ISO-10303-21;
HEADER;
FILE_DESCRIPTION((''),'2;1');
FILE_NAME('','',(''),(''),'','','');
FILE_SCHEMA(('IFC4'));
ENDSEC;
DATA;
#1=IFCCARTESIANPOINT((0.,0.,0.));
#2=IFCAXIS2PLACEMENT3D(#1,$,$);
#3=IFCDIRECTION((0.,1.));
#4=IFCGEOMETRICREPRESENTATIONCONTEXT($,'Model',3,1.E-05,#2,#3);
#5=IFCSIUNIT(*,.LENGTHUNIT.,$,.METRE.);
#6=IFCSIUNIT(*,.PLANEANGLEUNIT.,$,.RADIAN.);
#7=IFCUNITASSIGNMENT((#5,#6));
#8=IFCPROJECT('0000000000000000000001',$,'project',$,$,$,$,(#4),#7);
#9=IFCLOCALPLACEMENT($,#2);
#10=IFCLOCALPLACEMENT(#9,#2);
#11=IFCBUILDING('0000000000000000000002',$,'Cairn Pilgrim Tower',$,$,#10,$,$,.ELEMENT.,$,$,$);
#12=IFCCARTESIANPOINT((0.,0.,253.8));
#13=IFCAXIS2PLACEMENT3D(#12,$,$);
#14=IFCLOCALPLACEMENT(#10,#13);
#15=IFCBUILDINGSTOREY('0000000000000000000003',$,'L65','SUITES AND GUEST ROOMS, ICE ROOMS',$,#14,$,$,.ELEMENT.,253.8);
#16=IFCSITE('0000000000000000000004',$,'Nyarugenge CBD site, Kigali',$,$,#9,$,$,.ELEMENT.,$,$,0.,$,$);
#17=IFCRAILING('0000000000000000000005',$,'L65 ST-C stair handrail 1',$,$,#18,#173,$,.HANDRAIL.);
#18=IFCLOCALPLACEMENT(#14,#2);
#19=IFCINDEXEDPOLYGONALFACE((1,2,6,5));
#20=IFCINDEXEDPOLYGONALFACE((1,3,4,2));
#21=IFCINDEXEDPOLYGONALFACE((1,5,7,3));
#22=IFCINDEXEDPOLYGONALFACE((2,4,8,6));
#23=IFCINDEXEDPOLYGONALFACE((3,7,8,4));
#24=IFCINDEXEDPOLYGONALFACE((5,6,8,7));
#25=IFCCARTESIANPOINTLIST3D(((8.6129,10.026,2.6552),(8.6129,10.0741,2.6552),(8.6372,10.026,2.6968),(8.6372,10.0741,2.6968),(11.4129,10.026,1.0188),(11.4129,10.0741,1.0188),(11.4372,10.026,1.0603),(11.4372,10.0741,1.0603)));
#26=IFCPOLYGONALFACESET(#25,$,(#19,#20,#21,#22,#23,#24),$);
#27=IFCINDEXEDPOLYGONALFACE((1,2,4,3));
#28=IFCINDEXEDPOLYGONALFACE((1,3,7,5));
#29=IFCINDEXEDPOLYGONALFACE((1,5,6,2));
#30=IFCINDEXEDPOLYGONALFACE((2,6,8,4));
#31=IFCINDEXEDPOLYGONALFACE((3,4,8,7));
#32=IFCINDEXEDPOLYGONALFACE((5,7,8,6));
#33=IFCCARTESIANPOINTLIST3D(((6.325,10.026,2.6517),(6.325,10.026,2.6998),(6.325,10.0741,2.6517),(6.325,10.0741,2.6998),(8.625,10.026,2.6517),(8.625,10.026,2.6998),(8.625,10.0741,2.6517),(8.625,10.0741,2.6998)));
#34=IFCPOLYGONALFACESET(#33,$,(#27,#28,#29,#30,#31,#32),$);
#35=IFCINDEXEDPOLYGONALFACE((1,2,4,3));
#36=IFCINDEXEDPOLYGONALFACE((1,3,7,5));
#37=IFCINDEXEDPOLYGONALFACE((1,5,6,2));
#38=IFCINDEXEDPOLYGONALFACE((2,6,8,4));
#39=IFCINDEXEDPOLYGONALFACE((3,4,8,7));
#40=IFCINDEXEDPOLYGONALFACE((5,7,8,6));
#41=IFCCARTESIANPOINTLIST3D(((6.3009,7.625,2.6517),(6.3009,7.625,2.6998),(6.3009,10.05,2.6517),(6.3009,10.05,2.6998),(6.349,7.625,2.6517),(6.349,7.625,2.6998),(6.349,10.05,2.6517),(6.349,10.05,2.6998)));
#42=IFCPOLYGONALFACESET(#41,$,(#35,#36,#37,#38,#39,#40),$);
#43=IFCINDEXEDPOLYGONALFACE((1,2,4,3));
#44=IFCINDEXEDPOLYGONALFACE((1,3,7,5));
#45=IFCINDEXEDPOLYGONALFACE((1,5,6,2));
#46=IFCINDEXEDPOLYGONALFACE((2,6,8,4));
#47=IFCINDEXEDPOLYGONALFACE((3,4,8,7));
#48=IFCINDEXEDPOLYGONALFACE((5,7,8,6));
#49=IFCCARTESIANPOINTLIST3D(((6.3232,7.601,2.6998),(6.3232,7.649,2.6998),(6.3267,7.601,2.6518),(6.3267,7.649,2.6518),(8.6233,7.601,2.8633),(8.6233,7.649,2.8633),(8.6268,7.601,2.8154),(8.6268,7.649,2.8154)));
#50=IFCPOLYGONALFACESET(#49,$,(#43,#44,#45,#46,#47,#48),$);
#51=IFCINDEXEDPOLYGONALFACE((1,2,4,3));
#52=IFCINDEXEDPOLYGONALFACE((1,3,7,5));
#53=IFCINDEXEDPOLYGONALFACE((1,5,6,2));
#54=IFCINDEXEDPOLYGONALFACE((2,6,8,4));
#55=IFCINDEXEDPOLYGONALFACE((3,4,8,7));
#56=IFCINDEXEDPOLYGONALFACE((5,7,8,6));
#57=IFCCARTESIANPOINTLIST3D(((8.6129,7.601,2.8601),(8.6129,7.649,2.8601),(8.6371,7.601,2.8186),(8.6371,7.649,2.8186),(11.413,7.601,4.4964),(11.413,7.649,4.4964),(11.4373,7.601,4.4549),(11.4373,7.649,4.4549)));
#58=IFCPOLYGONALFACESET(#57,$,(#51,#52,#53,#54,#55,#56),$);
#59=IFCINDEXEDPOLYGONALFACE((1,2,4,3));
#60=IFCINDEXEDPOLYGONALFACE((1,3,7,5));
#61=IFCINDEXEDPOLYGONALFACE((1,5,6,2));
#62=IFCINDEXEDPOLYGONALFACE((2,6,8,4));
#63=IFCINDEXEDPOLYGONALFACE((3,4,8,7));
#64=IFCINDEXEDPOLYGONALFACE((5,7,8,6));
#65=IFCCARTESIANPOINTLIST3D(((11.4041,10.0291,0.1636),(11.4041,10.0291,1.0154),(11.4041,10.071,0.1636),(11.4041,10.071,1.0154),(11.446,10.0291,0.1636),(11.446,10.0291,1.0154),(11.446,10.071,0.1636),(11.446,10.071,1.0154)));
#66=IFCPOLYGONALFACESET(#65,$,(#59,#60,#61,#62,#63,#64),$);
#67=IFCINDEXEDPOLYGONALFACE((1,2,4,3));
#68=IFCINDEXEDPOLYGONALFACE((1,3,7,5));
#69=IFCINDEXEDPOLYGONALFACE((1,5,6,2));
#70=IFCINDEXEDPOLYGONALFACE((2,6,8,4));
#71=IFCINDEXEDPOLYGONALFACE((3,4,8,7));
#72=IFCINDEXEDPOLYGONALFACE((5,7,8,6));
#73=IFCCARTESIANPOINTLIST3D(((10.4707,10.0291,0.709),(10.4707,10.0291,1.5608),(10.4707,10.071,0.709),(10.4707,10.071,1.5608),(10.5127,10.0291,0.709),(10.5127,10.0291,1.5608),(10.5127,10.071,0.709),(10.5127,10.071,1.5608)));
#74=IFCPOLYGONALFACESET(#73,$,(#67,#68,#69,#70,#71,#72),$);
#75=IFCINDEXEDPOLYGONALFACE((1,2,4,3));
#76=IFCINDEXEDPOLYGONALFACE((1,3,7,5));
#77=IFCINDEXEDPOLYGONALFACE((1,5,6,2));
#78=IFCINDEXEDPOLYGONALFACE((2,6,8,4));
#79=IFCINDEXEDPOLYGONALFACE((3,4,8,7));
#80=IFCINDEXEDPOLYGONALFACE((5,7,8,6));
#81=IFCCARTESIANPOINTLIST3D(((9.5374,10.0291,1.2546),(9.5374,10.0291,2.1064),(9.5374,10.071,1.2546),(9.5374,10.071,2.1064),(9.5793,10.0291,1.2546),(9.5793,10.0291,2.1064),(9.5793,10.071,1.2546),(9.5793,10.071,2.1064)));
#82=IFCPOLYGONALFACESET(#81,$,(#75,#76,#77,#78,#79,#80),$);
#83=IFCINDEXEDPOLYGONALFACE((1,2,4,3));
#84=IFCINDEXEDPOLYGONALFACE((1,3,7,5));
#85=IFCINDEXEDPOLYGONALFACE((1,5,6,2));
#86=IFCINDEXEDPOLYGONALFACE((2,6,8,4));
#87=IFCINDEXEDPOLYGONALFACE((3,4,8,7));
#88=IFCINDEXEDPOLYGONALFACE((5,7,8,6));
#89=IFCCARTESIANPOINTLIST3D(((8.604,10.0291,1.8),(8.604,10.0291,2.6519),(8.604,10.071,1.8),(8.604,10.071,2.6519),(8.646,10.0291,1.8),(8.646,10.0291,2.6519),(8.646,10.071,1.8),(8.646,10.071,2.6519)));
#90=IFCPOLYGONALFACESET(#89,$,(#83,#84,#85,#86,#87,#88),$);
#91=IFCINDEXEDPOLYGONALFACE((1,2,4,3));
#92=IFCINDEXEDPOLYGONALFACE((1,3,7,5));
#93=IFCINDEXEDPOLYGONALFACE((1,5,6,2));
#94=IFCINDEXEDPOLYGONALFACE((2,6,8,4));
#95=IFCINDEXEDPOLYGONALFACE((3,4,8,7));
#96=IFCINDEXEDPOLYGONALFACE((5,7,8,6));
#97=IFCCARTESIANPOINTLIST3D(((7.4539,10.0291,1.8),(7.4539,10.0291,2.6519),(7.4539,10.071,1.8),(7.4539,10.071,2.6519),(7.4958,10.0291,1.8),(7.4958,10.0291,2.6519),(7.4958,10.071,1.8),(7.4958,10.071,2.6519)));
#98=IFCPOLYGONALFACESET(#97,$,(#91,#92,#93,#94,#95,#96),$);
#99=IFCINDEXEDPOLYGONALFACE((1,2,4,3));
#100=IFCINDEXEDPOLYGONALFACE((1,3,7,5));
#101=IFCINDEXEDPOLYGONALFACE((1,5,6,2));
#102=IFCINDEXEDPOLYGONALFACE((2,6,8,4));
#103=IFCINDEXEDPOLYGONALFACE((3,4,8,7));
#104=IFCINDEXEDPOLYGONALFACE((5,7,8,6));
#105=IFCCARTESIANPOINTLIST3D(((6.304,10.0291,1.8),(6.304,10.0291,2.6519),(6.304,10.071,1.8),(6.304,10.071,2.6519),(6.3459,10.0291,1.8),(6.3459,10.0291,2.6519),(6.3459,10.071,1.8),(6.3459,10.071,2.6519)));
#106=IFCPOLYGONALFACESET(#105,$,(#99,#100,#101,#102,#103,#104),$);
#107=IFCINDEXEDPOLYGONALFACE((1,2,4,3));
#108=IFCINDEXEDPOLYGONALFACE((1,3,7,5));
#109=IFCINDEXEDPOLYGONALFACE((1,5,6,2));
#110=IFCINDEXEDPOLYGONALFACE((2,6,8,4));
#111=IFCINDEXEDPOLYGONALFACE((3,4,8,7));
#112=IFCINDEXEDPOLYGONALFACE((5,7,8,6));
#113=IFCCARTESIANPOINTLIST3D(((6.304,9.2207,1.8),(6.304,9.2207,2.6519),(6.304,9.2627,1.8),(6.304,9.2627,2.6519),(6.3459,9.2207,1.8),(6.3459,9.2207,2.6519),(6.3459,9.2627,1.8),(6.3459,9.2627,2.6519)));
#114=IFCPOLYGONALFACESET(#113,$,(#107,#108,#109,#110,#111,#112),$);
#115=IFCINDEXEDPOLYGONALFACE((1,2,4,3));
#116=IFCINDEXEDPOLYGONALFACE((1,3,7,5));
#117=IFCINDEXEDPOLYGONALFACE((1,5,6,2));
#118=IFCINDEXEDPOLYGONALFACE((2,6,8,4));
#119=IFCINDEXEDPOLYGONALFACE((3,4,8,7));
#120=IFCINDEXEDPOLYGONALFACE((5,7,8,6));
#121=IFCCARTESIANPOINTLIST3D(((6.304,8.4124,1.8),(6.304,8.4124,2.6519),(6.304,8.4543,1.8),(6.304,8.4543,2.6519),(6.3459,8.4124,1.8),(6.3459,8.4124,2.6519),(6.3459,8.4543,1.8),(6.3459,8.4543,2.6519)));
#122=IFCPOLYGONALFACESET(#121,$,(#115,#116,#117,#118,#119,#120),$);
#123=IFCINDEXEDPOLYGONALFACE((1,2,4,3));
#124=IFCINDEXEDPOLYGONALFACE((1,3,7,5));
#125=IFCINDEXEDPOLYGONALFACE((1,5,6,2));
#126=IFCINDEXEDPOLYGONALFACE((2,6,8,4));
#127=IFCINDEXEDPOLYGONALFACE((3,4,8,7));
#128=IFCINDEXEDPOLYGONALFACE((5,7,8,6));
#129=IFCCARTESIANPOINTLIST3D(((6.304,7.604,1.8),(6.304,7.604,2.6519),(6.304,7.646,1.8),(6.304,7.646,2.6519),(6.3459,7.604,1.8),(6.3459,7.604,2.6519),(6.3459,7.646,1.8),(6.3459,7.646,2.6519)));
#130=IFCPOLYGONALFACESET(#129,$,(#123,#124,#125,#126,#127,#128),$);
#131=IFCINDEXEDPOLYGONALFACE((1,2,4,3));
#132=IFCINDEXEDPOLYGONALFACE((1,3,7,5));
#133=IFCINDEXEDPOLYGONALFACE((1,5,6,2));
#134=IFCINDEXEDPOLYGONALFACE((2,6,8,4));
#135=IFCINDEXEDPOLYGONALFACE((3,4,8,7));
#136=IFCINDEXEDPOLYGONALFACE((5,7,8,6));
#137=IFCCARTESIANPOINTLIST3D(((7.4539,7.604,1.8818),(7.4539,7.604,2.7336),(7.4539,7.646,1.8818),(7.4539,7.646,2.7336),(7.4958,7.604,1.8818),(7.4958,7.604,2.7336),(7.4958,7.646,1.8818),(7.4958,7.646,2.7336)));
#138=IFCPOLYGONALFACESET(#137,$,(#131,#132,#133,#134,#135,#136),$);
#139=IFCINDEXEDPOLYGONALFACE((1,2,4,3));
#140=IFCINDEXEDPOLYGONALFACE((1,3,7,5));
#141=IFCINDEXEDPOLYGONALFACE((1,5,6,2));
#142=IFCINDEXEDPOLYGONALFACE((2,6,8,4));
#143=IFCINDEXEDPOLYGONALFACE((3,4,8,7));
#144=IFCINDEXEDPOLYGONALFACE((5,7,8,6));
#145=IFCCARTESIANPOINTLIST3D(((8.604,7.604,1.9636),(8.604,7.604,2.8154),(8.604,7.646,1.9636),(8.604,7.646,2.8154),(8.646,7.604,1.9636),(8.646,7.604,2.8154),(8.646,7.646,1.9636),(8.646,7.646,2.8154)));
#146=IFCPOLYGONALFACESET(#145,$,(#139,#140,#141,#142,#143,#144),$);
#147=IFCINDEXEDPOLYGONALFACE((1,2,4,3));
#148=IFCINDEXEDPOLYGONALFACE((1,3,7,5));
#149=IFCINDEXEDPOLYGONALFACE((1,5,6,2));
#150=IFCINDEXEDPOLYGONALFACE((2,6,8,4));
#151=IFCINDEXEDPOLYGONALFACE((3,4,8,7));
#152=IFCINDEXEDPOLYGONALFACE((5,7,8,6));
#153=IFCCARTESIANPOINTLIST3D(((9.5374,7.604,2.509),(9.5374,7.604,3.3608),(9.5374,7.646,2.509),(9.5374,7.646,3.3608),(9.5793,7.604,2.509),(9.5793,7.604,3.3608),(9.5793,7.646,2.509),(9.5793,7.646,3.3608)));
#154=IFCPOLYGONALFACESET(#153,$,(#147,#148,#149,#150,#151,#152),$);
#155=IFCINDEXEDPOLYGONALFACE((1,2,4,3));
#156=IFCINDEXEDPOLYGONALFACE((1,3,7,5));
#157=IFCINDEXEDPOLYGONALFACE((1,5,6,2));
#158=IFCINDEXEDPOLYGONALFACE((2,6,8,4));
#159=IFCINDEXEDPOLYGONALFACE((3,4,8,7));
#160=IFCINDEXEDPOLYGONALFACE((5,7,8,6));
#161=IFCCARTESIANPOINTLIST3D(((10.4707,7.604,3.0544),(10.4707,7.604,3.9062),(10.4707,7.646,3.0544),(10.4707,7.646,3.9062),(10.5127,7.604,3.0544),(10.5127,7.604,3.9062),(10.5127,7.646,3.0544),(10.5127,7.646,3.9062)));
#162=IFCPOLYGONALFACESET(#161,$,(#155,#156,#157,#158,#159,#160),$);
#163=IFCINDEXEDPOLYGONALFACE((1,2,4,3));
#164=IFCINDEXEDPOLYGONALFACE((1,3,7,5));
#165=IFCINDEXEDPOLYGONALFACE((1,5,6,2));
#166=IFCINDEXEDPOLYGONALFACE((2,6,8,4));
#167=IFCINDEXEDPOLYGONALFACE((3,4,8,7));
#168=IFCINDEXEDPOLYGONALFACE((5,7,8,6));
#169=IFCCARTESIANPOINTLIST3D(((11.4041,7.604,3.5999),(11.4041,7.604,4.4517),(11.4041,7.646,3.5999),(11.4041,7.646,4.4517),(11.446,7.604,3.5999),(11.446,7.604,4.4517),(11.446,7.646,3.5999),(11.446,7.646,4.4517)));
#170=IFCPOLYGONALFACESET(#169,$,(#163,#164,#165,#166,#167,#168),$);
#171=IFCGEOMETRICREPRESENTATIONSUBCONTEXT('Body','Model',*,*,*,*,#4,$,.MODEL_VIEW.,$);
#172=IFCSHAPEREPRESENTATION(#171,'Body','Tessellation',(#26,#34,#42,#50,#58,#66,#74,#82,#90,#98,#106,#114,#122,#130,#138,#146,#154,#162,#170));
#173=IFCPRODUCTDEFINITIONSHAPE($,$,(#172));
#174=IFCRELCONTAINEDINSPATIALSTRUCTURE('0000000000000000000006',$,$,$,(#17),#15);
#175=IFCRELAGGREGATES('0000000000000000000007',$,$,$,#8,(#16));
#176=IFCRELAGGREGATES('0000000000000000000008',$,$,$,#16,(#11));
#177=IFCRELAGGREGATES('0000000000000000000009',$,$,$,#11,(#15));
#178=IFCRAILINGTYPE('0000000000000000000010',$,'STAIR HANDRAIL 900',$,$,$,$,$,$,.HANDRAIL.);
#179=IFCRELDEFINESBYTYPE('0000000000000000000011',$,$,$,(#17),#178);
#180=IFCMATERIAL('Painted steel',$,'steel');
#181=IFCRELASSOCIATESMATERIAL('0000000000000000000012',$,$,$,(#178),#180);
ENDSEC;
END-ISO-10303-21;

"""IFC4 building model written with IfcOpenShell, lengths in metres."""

from ifc_helpers import new_model, si_unit, direction, frame, origin, origin_2d, place, context, subcontext, project, spatial, rectangle, extrude, material, type_object, element, save


model = new_model("IFC4")

# Units and contexts
model_context = context("Model", 3, precision=1e-05, world=origin(), true_north=direction((0.0, 1.0)))
body_context = subcontext(model_context, "Body", "Model", "MODEL_VIEW")
ifc_project = project(units=[si_unit("LENGTHUNIT", "METRE"), si_unit("PLANEANGLEUNIT", "RADIAN")], contexts=[model_context])

# Site, building, storey
site_placement = place(None, origin())
site = spatial("IfcSite", under=ifc_project, at=site_placement, Name="Nyarugenge CBD site, Kigali", CompositionType="ELEMENT", RefElevation=0.0)
building_placement = place(site_placement, origin())
building = spatial("IfcBuilding", under=site, at=building_placement, Name="Cairn Pilgrim Tower", CompositionType="ELEMENT")
storey_placement = place(building_placement, frame((0.0, 0.0, 253.8)))
storey = spatial("IfcBuildingStorey", under=building, at=storey_placement, Name="L65", Description="SUITES AND GUEST ROOMS, ICE ROOMS", CompositionType="ELEMENT", Elevation=253.8)

# Shared definitions
ifc_material_1 = material(Name="Painted steel", Category="steel")

# Railing
railing_type_1 = type_object("IfcRailingType", Name="STAIR HANDRAIL 900", PredefinedType="HANDRAIL", material=ifc_material_1)
railing_1_placement = place(storey_placement, frame((11.425, 10.05, 0.1636)))
element("IfcRailing", 1, at=railing_1_placement, inside=storey, type_object=railing_type_1, Name="L65 ST-C stair handrail 1", PredefinedType="HANDRAIL", context=body_context, shape_type="SweptSolid", body=[
    extrude(rectangle(XDim=0.0481, YDim=0.0481, at=origin_2d()), frame((0.0, 0.0, 0.876), z_axis=(-0.863361, 0.0, 0.504587), x_axis=(0.0, -1.0, 0.0)), (0.0, 0.0, 1.0), 3.2432),
    extrude(rectangle(XDim=0.0481, YDim=0.0481, at=origin_2d()), frame((-2.8, 0.0, 2.5122), z_axis=(-1.0, 0.0, 0.0), x_axis=(0.0, -1.0, 0.0)), (0.0, 0.0, 1.0), 2.3),
    extrude(rectangle(XDim=0.0481, YDim=0.0481, at=origin_2d()), frame((-5.1001, 0.0, 2.5122), z_axis=(0.0, -1.0, 0.0), x_axis=(1.0, 0.0, 0.0)), (0.0, 0.0, 1.0), 2.425),
    extrude(rectangle(XDim=0.0481, YDim=0.0481, at=origin_2d()), frame((-5.1001, -2.425, 2.5122), z_axis=(0.997481, 0.0, 0.070939), x_axis=(0.0, 1.0, 0.0)), (0.0, 0.0, 1.0), 2.3059),
    extrude(rectangle(XDim=0.0481, YDim=0.0481, at=origin_2d()), frame((-2.8, -2.425, 2.6758), z_axis=(0.863394, 0.0, 0.504531), x_axis=(0.0, 1.0, 0.0)), (0.0, 0.0, 1.0), 3.2432),
    extrude(rectangle(XDim=0.042, YDim=0.042, at=origin_2d()), origin(), (0.0, 0.0, 1.0), 0.8518),
    extrude(rectangle(XDim=0.042, YDim=0.042, at=origin_2d()), frame((-0.9333, 0.0, 0.5454)), (0.0, 0.0, 1.0), 0.8518),
    extrude(rectangle(XDim=0.042, YDim=0.042, at=origin_2d()), frame((-1.8667, 0.0, 1.0911)), (0.0, 0.0, 1.0), 0.8518),
    extrude(rectangle(XDim=0.042, YDim=0.042, at=origin_2d()), frame((-2.8, 0.0, 1.6365)), (0.0, 0.0, 1.0), 0.8518),
    extrude(rectangle(XDim=0.042, YDim=0.042, at=origin_2d()), frame((-3.9502, 0.0, 1.6365)), (0.0, 0.0, 1.0), 0.8518),
    extrude(rectangle(XDim=0.042, YDim=0.042, at=origin_2d()), frame((-5.1001, 0.0, 1.6365)), (0.0, 0.0, 1.0), 0.8518),
    extrude(rectangle(XDim=0.042, YDim=0.042, at=origin_2d()), frame((-5.1001, -0.8083, 1.6365)), (0.0, 0.0, 1.0), 0.8518),
    extrude(rectangle(XDim=0.042, YDim=0.042, at=origin_2d()), frame((-5.1001, -1.6167, 1.6365)), (0.0, 0.0, 1.0), 0.8518),
    extrude(rectangle(XDim=0.042, YDim=0.042, at=origin_2d()), frame((-5.1001, -2.425, 1.6365)), (0.0, 0.0, 1.0), 0.8518),
    extrude(rectangle(XDim=0.042, YDim=0.042, at=origin_2d()), frame((-3.9502, -2.425, 1.7183)), (0.0, 0.0, 1.0), 0.8518),
    extrude(rectangle(XDim=0.042, YDim=0.042, at=origin_2d()), frame((-2.8, -2.425, 1.8)), (0.0, 0.0, 1.0), 0.8518),
    extrude(rectangle(XDim=0.042, YDim=0.042, at=origin_2d()), frame((-1.8667, -2.425, 2.3455)), (0.0, 0.0, 1.0), 0.8518),
    extrude(rectangle(XDim=0.042, YDim=0.042, at=origin_2d()), frame((-0.9333, -2.425, 2.8909)), (0.0, 0.0, 1.0), 0.8518),
    extrude(rectangle(XDim=0.042, YDim=0.042, at=origin_2d()), frame((0.0, -2.425, 3.4363)), (0.0, 0.0, 1.0), 0.8518),
])

save(model, "model.ifc")
